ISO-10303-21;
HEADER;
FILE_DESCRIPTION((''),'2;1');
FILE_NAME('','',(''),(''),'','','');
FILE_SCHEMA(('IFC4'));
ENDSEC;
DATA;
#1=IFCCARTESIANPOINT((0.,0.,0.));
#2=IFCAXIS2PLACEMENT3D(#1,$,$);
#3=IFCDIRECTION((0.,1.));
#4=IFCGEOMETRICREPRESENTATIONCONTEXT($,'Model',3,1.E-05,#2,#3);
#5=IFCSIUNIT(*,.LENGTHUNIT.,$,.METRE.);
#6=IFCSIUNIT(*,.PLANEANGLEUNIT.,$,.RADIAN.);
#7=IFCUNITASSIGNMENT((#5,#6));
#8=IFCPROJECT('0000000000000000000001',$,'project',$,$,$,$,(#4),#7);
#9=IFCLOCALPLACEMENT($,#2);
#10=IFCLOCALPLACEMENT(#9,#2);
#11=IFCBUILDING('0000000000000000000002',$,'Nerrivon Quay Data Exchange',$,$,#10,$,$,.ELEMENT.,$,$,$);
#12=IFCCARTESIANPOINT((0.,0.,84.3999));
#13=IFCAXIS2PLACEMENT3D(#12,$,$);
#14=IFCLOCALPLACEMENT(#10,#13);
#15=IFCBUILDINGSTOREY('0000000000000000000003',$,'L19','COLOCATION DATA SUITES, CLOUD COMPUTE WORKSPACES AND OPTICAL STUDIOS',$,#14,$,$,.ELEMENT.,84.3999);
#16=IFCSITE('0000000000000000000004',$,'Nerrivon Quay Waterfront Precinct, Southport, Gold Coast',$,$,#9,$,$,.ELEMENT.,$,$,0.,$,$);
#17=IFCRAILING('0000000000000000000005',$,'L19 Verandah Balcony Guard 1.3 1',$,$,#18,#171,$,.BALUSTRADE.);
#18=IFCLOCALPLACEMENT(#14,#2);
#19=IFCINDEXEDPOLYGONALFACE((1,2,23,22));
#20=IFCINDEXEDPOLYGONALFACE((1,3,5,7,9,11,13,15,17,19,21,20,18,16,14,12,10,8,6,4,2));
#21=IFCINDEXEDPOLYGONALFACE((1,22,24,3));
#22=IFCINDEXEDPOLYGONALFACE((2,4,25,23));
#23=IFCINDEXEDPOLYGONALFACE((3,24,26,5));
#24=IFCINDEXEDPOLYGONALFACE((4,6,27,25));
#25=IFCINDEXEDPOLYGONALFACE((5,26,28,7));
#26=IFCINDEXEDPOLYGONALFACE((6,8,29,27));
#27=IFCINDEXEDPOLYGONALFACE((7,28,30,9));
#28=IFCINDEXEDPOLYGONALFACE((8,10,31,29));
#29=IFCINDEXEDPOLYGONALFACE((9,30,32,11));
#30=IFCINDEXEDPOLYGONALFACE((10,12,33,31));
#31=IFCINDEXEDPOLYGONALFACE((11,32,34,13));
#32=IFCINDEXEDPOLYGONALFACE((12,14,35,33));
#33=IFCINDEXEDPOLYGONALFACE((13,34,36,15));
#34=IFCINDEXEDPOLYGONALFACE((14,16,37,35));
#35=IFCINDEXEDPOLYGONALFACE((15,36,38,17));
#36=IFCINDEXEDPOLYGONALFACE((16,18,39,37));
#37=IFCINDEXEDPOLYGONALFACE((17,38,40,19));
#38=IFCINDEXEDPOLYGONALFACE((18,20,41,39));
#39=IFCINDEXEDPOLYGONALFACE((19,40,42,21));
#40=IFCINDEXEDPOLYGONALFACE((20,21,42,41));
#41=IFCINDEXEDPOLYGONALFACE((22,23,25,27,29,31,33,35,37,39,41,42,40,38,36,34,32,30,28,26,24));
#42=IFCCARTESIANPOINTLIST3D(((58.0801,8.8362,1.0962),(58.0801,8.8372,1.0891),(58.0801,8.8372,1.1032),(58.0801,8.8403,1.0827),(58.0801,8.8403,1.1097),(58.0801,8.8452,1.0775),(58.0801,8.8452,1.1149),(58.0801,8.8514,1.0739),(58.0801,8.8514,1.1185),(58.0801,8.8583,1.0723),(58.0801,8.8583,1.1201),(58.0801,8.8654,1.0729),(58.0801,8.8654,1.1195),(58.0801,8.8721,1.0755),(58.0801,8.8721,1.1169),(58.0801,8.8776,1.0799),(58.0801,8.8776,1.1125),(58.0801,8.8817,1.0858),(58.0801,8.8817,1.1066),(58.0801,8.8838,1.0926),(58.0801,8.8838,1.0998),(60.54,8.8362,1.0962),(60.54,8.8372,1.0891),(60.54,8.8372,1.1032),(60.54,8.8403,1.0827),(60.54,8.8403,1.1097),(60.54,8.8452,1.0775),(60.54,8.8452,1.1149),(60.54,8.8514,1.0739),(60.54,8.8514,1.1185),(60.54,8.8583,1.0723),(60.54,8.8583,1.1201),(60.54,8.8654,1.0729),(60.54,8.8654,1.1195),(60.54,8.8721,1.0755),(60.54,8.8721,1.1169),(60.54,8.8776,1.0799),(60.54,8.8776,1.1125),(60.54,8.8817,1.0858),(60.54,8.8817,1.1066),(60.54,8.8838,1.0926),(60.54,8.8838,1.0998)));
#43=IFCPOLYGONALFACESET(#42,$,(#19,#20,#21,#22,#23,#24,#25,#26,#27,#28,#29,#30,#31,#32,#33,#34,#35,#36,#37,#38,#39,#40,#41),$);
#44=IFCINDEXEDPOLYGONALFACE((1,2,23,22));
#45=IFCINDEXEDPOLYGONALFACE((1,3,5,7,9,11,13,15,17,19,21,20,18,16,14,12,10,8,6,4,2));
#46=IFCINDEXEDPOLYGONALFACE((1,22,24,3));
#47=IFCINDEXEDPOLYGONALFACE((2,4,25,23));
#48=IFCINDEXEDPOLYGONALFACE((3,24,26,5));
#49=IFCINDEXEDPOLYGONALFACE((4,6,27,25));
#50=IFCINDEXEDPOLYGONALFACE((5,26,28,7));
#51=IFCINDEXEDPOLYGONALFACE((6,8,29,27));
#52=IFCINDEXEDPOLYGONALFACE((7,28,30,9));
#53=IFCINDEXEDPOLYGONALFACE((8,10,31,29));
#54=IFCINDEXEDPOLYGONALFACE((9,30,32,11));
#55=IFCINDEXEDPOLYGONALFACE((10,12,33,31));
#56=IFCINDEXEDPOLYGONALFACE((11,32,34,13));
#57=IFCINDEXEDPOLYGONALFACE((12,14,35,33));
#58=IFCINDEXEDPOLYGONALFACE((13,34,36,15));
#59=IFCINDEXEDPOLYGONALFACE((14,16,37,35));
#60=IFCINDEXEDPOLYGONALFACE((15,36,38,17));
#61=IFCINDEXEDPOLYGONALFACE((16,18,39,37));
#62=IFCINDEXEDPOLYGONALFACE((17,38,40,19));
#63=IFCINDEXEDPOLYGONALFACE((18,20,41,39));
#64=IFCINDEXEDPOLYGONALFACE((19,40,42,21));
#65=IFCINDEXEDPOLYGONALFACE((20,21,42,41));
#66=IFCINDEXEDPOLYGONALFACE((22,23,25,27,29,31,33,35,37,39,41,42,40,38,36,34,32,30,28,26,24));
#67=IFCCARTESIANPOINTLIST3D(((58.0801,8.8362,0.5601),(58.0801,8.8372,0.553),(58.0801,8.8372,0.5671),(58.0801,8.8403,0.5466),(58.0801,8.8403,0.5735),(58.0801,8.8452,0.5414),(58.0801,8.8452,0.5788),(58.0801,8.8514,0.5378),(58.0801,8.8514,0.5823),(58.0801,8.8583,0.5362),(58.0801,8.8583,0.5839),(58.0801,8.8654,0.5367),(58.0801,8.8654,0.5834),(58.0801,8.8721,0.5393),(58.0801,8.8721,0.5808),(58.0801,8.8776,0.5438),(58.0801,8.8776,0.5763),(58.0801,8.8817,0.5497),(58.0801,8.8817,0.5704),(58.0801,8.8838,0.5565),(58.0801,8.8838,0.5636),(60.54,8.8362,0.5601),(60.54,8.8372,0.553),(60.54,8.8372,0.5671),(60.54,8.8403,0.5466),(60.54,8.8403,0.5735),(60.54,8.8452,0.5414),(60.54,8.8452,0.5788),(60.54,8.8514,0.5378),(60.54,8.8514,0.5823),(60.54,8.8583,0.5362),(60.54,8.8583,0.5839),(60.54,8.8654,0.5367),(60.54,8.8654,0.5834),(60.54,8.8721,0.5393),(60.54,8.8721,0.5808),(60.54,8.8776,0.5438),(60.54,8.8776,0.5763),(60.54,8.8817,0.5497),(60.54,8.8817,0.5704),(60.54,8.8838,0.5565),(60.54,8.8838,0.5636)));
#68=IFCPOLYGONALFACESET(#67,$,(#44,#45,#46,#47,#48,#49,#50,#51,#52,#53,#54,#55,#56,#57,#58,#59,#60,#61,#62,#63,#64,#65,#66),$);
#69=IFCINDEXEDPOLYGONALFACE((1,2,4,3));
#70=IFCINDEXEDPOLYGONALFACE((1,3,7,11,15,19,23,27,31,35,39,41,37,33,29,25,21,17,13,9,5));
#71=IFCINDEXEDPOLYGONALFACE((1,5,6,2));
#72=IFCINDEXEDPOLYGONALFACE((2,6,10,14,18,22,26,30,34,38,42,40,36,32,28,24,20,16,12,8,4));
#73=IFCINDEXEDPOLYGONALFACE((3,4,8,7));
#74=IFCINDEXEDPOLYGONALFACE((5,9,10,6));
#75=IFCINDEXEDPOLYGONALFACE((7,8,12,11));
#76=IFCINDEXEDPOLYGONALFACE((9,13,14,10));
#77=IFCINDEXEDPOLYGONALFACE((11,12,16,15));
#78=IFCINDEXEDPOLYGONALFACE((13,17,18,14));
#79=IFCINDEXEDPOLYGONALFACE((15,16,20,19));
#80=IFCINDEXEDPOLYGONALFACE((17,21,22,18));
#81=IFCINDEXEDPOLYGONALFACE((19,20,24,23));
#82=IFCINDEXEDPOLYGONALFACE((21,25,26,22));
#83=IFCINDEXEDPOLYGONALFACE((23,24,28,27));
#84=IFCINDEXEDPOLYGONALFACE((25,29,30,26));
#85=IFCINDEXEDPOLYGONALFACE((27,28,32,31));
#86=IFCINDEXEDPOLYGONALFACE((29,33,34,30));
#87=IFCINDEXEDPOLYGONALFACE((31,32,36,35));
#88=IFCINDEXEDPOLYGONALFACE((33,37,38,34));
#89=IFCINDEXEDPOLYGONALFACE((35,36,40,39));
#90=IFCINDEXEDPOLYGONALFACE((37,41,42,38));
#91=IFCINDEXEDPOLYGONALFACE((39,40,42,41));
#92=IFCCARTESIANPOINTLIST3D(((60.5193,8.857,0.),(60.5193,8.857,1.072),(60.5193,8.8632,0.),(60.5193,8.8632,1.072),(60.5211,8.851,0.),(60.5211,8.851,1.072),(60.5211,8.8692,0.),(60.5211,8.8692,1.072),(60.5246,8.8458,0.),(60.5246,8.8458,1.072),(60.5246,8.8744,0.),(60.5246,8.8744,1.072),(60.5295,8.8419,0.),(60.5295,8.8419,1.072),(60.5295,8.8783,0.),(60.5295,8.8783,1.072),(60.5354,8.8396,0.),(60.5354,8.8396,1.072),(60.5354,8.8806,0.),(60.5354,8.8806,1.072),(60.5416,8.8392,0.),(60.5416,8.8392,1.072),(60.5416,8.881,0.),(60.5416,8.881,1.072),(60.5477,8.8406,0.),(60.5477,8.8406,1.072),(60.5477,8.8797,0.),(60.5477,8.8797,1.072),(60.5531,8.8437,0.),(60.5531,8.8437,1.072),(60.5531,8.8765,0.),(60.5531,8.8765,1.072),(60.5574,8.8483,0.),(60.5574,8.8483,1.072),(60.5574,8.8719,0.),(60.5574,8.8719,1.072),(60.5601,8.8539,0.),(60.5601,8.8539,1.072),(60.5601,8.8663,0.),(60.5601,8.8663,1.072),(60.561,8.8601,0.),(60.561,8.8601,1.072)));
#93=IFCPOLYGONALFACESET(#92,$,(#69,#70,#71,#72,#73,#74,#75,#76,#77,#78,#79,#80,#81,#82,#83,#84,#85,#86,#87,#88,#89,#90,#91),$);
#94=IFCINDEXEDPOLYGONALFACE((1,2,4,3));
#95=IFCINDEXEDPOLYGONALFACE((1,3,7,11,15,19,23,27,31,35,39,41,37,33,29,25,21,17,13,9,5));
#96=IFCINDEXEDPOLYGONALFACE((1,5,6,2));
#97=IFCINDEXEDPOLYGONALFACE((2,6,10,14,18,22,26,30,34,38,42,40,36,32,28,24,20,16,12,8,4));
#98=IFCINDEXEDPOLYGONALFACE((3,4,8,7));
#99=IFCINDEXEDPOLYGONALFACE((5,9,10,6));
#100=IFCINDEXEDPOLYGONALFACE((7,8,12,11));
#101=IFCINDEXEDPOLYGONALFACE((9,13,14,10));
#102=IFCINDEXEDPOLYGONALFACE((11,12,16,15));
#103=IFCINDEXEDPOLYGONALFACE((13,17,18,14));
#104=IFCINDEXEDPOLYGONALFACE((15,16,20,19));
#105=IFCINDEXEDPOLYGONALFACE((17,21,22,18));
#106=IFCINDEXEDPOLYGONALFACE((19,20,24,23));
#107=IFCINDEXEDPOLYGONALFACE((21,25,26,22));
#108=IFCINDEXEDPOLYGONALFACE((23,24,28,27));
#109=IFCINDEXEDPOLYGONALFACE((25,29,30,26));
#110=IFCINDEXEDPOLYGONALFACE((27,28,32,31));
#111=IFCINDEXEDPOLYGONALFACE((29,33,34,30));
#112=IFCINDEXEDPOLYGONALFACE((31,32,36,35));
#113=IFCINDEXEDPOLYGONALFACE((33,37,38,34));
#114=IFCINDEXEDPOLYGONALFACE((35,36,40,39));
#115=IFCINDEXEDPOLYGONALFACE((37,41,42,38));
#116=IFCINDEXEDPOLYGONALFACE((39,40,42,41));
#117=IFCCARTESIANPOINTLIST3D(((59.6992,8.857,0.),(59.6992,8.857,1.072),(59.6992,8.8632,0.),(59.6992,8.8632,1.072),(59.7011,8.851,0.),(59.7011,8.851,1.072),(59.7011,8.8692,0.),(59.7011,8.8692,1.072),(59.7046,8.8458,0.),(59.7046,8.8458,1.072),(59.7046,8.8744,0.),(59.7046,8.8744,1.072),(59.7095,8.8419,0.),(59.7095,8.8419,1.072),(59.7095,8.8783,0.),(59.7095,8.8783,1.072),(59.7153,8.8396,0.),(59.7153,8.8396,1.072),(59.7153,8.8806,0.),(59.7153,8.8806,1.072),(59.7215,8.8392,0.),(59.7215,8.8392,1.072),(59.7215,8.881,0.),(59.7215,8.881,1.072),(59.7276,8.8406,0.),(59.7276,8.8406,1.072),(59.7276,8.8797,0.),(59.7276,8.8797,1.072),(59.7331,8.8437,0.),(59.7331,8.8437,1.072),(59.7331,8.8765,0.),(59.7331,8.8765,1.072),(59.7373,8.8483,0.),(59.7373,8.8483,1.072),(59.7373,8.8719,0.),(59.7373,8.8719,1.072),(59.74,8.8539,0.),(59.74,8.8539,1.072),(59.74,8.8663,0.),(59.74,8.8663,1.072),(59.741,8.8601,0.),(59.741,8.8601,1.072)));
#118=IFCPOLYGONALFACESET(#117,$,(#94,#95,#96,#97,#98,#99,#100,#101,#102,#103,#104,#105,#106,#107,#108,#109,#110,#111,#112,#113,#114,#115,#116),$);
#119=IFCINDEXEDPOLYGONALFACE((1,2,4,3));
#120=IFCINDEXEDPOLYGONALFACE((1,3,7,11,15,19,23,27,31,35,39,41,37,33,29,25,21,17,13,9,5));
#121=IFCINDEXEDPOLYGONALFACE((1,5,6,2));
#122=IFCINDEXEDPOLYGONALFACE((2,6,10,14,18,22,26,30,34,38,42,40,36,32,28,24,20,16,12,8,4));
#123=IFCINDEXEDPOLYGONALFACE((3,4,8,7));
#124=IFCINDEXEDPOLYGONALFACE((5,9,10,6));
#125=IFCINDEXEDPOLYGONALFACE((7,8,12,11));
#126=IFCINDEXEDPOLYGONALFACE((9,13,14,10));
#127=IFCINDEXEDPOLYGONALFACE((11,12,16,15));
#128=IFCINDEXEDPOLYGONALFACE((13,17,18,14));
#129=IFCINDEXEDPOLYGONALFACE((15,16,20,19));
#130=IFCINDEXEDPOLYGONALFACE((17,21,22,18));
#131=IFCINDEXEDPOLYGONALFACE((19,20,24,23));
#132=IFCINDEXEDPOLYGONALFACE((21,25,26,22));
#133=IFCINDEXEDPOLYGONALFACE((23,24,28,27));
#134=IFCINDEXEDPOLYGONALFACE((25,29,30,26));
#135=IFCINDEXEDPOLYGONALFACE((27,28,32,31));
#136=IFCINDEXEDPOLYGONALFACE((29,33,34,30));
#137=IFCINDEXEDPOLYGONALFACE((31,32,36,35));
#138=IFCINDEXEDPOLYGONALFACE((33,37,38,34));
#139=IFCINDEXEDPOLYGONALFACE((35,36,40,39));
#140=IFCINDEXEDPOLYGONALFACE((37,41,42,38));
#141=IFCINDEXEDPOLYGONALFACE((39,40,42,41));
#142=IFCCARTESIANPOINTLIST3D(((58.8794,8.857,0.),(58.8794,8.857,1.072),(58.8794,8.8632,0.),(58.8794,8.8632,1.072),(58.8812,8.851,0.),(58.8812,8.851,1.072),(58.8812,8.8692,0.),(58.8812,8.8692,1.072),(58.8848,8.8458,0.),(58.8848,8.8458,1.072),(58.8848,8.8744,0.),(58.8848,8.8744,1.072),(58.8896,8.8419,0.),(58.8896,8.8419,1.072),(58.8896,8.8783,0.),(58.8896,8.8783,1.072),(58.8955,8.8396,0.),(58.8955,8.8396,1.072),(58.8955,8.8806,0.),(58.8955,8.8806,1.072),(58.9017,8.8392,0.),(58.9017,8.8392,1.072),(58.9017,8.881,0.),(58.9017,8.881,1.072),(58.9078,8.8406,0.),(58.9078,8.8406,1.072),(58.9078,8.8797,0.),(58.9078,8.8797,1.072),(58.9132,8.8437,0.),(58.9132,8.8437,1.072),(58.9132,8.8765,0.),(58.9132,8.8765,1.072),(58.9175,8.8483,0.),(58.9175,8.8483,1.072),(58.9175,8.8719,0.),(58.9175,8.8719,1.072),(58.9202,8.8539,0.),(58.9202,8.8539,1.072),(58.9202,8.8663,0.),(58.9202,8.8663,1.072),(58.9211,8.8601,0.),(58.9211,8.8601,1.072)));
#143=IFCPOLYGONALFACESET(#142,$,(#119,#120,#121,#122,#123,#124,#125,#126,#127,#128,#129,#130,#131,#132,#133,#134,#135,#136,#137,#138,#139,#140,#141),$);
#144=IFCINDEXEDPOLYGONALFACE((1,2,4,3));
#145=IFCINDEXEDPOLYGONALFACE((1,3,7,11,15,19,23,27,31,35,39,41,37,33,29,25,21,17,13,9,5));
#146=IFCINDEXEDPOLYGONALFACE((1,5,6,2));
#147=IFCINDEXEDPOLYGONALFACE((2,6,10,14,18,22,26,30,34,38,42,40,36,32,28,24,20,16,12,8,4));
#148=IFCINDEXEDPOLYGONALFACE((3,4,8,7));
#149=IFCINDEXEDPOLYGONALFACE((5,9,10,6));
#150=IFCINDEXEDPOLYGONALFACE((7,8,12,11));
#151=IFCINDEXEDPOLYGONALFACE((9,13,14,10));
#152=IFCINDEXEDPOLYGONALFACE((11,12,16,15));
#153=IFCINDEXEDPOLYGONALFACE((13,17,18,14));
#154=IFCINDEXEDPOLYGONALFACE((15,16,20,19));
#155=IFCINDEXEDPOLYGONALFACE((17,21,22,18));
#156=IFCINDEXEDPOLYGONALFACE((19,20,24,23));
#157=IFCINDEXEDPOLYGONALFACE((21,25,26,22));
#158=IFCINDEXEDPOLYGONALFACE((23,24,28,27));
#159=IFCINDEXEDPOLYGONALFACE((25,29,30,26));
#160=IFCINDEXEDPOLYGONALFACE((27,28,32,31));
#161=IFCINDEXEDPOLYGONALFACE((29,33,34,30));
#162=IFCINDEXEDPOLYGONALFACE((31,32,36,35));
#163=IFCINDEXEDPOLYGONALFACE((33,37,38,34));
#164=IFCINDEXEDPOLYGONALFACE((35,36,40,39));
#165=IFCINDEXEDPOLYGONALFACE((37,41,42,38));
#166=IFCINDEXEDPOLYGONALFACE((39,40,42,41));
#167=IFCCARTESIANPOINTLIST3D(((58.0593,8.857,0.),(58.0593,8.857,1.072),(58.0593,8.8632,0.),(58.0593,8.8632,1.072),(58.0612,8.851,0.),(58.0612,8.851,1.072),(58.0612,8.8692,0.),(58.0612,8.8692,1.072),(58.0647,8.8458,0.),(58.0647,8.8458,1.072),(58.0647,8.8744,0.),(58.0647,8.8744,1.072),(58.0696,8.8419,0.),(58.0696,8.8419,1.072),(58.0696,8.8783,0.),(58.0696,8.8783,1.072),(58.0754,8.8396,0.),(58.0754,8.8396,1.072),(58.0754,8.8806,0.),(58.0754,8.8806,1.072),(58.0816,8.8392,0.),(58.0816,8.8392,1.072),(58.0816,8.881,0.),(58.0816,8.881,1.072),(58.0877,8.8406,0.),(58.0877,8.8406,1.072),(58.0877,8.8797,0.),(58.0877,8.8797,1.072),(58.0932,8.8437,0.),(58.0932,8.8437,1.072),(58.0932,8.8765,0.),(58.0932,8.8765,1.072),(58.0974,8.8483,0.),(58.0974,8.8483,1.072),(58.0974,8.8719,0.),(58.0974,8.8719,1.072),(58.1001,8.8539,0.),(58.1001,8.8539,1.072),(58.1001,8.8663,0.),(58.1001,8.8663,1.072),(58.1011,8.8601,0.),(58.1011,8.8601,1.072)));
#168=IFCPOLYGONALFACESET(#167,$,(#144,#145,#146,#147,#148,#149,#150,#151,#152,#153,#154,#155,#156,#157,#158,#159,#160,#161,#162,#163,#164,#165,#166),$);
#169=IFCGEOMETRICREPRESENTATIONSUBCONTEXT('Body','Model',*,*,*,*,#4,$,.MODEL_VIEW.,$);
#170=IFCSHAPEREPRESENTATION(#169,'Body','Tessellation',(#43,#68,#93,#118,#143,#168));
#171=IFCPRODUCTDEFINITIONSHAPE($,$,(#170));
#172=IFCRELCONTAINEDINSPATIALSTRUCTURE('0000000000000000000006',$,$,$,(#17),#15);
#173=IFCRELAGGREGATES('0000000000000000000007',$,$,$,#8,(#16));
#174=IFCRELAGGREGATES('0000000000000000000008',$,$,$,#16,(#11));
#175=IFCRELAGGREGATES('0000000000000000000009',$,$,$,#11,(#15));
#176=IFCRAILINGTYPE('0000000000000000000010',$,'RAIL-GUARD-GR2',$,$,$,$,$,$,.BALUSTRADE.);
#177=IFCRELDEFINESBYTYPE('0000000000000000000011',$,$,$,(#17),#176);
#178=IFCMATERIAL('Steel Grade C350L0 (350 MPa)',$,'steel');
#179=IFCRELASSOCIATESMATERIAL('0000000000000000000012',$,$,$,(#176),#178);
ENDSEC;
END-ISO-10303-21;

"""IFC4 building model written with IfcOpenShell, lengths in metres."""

from ifc_helpers import new_model, si_unit, direction, frame, origin, origin_2d, place, context, subcontext, project, spatial, circle, extrude, material, type_object, element, save


model = new_model("IFC4")

# Units and contexts
model_context = context("Model", 3, precision=1e-05, world=origin(), true_north=direction((0.0, 1.0)))
body_context = subcontext(model_context, "Body", "Model", "MODEL_VIEW")
ifc_project = project(units=[si_unit("LENGTHUNIT", "METRE"), si_unit("PLANEANGLEUNIT", "RADIAN")], contexts=[model_context])

# Site, building, storey
site_placement = place(None, origin())
site = spatial("IfcSite", under=ifc_project, at=site_placement, Name="Nerrivon Quay Waterfront Precinct, Southport, Gold Coast", CompositionType="ELEMENT", RefElevation=0.0)
building_placement = place(site_placement, origin())
building = spatial("IfcBuilding", under=site, at=building_placement, Name="Nerrivon Quay Data Exchange", CompositionType="ELEMENT")
storey_placement = place(building_placement, frame((0.0, 0.0, 84.3999)))
storey = spatial("IfcBuildingStorey", under=building, at=storey_placement, Name="L19", Description="COLOCATION DATA SUITES, CLOUD COMPUTE WORKSPACES AND OPTICAL STUDIOS", CompositionType="ELEMENT", Elevation=84.3999)

# Railing
ifc_material_1 = material(Name="Steel Grade C350L0 (350 MPa)", Category="steel")
railing_type = type_object("IfcRailingType", Name="RAIL-GUARD-GR2", PredefinedType="BALUSTRADE", material=ifc_material_1)
railing_1_placement = place(storey_placement, frame((60.54, 8.8601, 0.0)))
element("IfcRailing", 1, at=railing_1_placement, inside=storey, type_object=railing_type, Name="L19 Verandah Balcony Guard 1.3 1", PredefinedType="BALUSTRADE", context=body_context, shape_type="SweptSolid", body=[
    extrude(circle(Radius=0.0239, at=origin_2d()), frame((0.0, 0.0, 1.0962), z_axis=(-1.0, 0.0, 0.0), x_axis=(0.0, -1.0, 0.0)), (0.0, 0.0, 1.0), 2.46),
    extrude(circle(Radius=0.0239, at=origin_2d()), frame((0.0, 0.0, 0.5601), z_axis=(-1.0, 0.0, 0.0), x_axis=(0.0, -1.0, 0.0)), (0.0, 0.0, 1.0), 2.46),
    extrude(circle(Radius=0.021, at=origin_2d()), origin(), (0.0, 0.0, 1.0), 1.072),
    extrude(circle(Radius=0.021, at=origin_2d()), frame((-0.8201, 0.0, 0.0)), (0.0, 0.0, 1.0), 1.072),
    extrude(circle(Radius=0.021, at=origin_2d()), frame((-1.6399, 0.0, 0.0)), (0.0, 0.0, 1.0), 1.072),
    extrude(circle(Radius=0.021, at=origin_2d()), frame((-2.46, 0.0, 0.0)), (0.0, 0.0, 1.0), 1.072),
])

save(model, "model.ifc")
